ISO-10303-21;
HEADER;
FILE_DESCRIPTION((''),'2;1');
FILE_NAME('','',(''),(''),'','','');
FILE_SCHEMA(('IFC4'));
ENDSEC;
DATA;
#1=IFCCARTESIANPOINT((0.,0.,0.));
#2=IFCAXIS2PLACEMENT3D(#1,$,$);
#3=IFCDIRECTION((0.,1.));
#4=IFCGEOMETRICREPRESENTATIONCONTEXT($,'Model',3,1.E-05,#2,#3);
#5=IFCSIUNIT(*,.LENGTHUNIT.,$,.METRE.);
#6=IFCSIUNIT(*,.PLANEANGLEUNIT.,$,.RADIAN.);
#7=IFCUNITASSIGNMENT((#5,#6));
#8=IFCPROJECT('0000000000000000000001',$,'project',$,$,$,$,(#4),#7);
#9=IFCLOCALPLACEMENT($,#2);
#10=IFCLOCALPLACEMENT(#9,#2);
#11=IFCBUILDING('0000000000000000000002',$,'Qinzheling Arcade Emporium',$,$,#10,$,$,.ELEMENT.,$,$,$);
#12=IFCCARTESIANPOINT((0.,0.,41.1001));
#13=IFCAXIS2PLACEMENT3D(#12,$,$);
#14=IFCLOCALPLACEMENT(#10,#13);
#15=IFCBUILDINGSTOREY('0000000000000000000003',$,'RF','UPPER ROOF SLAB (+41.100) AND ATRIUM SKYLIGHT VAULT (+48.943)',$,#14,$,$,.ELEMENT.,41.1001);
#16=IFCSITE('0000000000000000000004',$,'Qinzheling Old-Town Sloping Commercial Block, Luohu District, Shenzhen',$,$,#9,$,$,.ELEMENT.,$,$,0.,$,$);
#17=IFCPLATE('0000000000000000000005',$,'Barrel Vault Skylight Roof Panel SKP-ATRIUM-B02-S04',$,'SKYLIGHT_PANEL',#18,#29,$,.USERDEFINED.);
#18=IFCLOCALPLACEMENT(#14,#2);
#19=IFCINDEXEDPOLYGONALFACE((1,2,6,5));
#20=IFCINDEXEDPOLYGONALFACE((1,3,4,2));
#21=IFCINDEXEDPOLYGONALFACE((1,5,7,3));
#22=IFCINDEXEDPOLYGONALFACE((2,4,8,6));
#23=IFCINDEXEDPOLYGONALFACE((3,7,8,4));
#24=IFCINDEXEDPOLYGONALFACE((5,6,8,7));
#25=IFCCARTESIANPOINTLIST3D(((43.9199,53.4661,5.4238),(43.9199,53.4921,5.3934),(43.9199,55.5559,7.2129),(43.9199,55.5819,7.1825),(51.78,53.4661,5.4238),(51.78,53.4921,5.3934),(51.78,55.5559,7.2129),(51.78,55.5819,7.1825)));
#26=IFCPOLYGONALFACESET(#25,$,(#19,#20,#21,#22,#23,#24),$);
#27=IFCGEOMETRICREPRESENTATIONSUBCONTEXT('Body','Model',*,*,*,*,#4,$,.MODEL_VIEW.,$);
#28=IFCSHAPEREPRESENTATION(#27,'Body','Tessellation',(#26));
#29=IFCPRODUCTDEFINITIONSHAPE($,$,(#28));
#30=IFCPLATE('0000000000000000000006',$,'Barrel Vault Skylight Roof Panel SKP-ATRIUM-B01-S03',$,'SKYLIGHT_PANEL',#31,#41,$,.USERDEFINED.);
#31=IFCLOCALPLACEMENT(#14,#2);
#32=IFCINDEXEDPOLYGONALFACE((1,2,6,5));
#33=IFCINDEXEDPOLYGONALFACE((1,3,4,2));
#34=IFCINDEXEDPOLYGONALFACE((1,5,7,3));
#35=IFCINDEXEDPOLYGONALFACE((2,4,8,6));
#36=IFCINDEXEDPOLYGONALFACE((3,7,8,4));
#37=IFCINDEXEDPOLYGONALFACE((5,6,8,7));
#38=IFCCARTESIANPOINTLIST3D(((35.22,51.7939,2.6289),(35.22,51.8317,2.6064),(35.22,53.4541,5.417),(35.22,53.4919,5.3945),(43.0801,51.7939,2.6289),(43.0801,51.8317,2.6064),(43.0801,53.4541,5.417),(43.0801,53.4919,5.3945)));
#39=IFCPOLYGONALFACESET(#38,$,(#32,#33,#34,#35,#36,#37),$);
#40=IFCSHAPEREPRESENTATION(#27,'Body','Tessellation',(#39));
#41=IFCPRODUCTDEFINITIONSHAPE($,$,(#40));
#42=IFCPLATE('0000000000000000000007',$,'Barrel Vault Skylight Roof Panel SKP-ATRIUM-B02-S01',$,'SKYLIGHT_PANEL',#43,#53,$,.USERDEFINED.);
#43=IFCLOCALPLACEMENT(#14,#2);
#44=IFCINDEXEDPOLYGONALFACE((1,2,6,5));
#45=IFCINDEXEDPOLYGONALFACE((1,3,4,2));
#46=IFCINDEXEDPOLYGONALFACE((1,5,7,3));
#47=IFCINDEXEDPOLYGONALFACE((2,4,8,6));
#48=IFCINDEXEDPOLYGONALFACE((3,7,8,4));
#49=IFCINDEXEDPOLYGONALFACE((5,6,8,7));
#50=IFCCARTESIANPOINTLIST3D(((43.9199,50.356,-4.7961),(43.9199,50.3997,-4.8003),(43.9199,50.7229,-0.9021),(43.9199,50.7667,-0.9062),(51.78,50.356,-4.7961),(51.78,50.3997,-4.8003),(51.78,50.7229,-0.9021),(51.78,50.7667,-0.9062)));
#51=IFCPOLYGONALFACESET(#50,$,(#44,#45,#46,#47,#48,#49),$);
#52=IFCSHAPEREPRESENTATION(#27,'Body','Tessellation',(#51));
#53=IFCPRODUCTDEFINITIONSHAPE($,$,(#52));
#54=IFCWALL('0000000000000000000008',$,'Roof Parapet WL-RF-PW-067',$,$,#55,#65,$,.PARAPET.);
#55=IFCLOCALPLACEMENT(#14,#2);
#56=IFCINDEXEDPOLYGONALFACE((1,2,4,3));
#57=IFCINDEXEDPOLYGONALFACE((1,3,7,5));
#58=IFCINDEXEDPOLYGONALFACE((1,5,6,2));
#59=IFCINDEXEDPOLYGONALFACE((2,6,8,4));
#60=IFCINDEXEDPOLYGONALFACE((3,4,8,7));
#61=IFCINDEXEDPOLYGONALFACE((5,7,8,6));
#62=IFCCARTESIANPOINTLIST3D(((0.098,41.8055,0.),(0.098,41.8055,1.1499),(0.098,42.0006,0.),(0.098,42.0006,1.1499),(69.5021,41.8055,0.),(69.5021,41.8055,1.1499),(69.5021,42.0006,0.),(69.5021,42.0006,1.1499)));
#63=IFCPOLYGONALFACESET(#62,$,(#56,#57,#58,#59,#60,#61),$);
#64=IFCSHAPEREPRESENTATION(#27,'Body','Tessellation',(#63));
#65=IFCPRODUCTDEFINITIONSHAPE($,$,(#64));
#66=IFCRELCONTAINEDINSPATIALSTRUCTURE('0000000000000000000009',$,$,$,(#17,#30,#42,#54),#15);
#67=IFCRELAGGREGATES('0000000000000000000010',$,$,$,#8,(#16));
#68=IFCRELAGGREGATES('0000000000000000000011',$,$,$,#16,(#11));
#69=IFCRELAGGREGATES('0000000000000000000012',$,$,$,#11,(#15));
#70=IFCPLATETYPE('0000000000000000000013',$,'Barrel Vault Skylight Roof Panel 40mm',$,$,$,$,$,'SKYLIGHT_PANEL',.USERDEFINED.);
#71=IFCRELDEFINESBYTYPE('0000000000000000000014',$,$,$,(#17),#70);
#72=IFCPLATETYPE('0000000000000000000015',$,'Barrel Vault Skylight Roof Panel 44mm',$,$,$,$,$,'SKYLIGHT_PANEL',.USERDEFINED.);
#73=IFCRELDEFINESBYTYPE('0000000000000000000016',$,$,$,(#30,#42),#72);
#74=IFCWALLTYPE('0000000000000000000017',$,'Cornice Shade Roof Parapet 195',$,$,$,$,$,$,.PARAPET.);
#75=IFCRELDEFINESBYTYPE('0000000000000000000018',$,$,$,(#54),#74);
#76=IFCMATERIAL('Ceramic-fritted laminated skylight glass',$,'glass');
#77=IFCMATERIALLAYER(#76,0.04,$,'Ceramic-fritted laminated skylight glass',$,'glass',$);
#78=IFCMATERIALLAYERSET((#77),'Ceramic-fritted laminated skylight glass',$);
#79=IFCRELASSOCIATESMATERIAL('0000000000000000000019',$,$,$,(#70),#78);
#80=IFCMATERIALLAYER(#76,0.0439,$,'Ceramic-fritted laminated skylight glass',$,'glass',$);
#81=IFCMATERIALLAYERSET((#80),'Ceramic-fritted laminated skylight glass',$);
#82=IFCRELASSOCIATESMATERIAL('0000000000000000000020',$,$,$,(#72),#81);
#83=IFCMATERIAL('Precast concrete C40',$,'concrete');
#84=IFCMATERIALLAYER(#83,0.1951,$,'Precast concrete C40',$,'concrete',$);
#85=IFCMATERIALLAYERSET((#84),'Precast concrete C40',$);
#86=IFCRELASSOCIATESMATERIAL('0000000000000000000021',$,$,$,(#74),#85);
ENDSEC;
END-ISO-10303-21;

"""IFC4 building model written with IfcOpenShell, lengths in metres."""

from ifc_helpers import new_model, si_unit, direction, frame, frame_2d, origin, place, context, subcontext, project, spatial, polyline, rectangle, outline, extrude, material, layer, layer_set, type_object, element, save


model = new_model("IFC4")

# Units and contexts
model_context = context("Model", 3, precision=1e-05, world=origin(), true_north=direction((0.0, 1.0)))
body_context = subcontext(model_context, "Body", "Model", "MODEL_VIEW")
ifc_project = project(units=[si_unit("LENGTHUNIT", "METRE"), si_unit("PLANEANGLEUNIT", "RADIAN")], contexts=[model_context])

# Site, building, storey
site_placement = place(None, origin())
site = spatial("IfcSite", under=ifc_project, at=site_placement, Name="Qinzheling Old-Town Sloping Commercial Block, Luohu District, Shenzhen", CompositionType="ELEMENT", RefElevation=0.0)
building_placement = place(site_placement, origin())
building = spatial("IfcBuilding", under=site, at=building_placement, Name="Qinzheling Arcade Emporium", CompositionType="ELEMENT")
storey_placement = place(building_placement, frame((0.0, 0.0, 41.1001)))
storey = spatial("IfcBuildingStorey", under=building, at=storey_placement, Name="RF", Description="UPPER ROOF SLAB (+41.100) AND ATRIUM SKYLIGHT VAULT (+48.943)", CompositionType="ELEMENT", Elevation=41.1001)

# Plates
ifc_material_1 = material(Name="Ceramic-fritted laminated skylight glass", Category="glass")
ifc_layer_1 = layer(ifc_material_1, 0.04, Name="Ceramic-fritted laminated skylight glass", Category="glass")
ifc_layer_set_1 = layer_set([ifc_layer_1], Name="Ceramic-fritted laminated skylight glass")
plate_type_1 = type_object("IfcPlateType", Name="Barrel Vault Skylight Roof Panel 40mm", ElementType="SKYLIGHT_PANEL", PredefinedType="USERDEFINED", material=ifc_layer_set_1)
plate_1_placement = place(storey_placement, frame((43.9199, 53.4661, 5.4238), z_axis=(0.0, -0.650324, 0.759657), x_axis=(1.0, 0.0, 0.0)))
element("IfcPlate", 1, at=plate_1_placement, inside=storey, type_object=plate_type_1, Name="Barrel Vault Skylight Roof Panel SKP-ATRIUM-B02-S04", ObjectType="SKYLIGHT_PANEL", PredefinedType="USERDEFINED", context=body_context, shape_type="SweptSolid", body=[
    extrude(outline(polyline([(0.0, 0.0), (7.8601, 0.0), (7.8601, 2.751), (0.0, 2.751), (0.0, 0.0)])), origin(), (0.0, 0.0, -1.0), 0.04),
])
ifc_layer_2 = layer(ifc_material_1, 0.0439, Name="Ceramic-fritted laminated skylight glass", Category="glass")
ifc_layer_set_2 = layer_set([ifc_layer_2], Name="Ceramic-fritted laminated skylight glass")
plate_type_2 = type_object("IfcPlateType", Name="Barrel Vault Skylight Roof Panel 44mm", ElementType="SKYLIGHT_PANEL", PredefinedType="USERDEFINED", material=ifc_layer_set_2)
plate_2_placement = place(storey_placement, frame((35.22, 51.7939, 2.6289), z_axis=(0.0, -0.859214, 0.511616), x_axis=(1.0, 0.0, 0.0)))
element("IfcPlate", 2, at=plate_2_placement, inside=storey, type_object=plate_type_2, Name="Barrel Vault Skylight Roof Panel SKP-ATRIUM-B01-S03", ObjectType="SKYLIGHT_PANEL", PredefinedType="USERDEFINED", context=body_context, shape_type="SweptSolid", body=[
    extrude(outline(polyline([(0.0, 0.0), (7.8601, 0.0), (7.8601, 3.2449), (0.0, 3.2449), (0.0, 0.0)])), origin(), (0.0, 0.0, -1.0), 0.0439),
])
plate_3_placement = place(storey_placement, frame((43.9199, 50.356, -4.7961), z_axis=(0.0, -0.99559, 0.093816), x_axis=(1.0, 0.0, 0.0)))
element("IfcPlate", 3, at=plate_3_placement, inside=storey, type_object=plate_type_2, Name="Barrel Vault Skylight Roof Panel SKP-ATRIUM-B02-S01", ObjectType="SKYLIGHT_PANEL", PredefinedType="USERDEFINED", context=body_context, shape_type="SweptSolid", body=[
    extrude(outline(polyline([(0.0, 0.0), (7.8601, 0.0), (7.8601, 3.9113), (0.0, 3.9113), (0.0, 0.0)])), origin(), (0.0, 0.0, -1.0), 0.0439),
])

# Wall
ifc_material_2 = material(Name="Precast concrete C40", Category="concrete")
ifc_layer_3 = layer(ifc_material_2, 0.1951, Name="Precast concrete C40", Category="concrete")
ifc_layer_set_3 = layer_set([ifc_layer_3], Name="Precast concrete C40")
wall_type = type_object("IfcWallType", Name="Cornice Shade Roof Parapet 195", PredefinedType="PARAPET", material=ifc_layer_set_3)
wall_placement = place(storey_placement, frame((0.0979, 41.9031, 0.0), z_axis=(0.0, 0.0, 1.0), x_axis=(1.0, 0.0, 0.0)))
element("IfcWall", 4, at=wall_placement, inside=storey, type_object=wall_type, Name="Roof Parapet WL-RF-PW-067", PredefinedType="PARAPET", context=body_context, shape_type="SweptSolid", body=[
    extrude(rectangle(XDim=69.4041, YDim=0.1951, at=frame_2d((34.7021, 0.0))), origin(), (0.0, 0.0, 1.0), 1.1499),
])

save(model, "model.ifc")
